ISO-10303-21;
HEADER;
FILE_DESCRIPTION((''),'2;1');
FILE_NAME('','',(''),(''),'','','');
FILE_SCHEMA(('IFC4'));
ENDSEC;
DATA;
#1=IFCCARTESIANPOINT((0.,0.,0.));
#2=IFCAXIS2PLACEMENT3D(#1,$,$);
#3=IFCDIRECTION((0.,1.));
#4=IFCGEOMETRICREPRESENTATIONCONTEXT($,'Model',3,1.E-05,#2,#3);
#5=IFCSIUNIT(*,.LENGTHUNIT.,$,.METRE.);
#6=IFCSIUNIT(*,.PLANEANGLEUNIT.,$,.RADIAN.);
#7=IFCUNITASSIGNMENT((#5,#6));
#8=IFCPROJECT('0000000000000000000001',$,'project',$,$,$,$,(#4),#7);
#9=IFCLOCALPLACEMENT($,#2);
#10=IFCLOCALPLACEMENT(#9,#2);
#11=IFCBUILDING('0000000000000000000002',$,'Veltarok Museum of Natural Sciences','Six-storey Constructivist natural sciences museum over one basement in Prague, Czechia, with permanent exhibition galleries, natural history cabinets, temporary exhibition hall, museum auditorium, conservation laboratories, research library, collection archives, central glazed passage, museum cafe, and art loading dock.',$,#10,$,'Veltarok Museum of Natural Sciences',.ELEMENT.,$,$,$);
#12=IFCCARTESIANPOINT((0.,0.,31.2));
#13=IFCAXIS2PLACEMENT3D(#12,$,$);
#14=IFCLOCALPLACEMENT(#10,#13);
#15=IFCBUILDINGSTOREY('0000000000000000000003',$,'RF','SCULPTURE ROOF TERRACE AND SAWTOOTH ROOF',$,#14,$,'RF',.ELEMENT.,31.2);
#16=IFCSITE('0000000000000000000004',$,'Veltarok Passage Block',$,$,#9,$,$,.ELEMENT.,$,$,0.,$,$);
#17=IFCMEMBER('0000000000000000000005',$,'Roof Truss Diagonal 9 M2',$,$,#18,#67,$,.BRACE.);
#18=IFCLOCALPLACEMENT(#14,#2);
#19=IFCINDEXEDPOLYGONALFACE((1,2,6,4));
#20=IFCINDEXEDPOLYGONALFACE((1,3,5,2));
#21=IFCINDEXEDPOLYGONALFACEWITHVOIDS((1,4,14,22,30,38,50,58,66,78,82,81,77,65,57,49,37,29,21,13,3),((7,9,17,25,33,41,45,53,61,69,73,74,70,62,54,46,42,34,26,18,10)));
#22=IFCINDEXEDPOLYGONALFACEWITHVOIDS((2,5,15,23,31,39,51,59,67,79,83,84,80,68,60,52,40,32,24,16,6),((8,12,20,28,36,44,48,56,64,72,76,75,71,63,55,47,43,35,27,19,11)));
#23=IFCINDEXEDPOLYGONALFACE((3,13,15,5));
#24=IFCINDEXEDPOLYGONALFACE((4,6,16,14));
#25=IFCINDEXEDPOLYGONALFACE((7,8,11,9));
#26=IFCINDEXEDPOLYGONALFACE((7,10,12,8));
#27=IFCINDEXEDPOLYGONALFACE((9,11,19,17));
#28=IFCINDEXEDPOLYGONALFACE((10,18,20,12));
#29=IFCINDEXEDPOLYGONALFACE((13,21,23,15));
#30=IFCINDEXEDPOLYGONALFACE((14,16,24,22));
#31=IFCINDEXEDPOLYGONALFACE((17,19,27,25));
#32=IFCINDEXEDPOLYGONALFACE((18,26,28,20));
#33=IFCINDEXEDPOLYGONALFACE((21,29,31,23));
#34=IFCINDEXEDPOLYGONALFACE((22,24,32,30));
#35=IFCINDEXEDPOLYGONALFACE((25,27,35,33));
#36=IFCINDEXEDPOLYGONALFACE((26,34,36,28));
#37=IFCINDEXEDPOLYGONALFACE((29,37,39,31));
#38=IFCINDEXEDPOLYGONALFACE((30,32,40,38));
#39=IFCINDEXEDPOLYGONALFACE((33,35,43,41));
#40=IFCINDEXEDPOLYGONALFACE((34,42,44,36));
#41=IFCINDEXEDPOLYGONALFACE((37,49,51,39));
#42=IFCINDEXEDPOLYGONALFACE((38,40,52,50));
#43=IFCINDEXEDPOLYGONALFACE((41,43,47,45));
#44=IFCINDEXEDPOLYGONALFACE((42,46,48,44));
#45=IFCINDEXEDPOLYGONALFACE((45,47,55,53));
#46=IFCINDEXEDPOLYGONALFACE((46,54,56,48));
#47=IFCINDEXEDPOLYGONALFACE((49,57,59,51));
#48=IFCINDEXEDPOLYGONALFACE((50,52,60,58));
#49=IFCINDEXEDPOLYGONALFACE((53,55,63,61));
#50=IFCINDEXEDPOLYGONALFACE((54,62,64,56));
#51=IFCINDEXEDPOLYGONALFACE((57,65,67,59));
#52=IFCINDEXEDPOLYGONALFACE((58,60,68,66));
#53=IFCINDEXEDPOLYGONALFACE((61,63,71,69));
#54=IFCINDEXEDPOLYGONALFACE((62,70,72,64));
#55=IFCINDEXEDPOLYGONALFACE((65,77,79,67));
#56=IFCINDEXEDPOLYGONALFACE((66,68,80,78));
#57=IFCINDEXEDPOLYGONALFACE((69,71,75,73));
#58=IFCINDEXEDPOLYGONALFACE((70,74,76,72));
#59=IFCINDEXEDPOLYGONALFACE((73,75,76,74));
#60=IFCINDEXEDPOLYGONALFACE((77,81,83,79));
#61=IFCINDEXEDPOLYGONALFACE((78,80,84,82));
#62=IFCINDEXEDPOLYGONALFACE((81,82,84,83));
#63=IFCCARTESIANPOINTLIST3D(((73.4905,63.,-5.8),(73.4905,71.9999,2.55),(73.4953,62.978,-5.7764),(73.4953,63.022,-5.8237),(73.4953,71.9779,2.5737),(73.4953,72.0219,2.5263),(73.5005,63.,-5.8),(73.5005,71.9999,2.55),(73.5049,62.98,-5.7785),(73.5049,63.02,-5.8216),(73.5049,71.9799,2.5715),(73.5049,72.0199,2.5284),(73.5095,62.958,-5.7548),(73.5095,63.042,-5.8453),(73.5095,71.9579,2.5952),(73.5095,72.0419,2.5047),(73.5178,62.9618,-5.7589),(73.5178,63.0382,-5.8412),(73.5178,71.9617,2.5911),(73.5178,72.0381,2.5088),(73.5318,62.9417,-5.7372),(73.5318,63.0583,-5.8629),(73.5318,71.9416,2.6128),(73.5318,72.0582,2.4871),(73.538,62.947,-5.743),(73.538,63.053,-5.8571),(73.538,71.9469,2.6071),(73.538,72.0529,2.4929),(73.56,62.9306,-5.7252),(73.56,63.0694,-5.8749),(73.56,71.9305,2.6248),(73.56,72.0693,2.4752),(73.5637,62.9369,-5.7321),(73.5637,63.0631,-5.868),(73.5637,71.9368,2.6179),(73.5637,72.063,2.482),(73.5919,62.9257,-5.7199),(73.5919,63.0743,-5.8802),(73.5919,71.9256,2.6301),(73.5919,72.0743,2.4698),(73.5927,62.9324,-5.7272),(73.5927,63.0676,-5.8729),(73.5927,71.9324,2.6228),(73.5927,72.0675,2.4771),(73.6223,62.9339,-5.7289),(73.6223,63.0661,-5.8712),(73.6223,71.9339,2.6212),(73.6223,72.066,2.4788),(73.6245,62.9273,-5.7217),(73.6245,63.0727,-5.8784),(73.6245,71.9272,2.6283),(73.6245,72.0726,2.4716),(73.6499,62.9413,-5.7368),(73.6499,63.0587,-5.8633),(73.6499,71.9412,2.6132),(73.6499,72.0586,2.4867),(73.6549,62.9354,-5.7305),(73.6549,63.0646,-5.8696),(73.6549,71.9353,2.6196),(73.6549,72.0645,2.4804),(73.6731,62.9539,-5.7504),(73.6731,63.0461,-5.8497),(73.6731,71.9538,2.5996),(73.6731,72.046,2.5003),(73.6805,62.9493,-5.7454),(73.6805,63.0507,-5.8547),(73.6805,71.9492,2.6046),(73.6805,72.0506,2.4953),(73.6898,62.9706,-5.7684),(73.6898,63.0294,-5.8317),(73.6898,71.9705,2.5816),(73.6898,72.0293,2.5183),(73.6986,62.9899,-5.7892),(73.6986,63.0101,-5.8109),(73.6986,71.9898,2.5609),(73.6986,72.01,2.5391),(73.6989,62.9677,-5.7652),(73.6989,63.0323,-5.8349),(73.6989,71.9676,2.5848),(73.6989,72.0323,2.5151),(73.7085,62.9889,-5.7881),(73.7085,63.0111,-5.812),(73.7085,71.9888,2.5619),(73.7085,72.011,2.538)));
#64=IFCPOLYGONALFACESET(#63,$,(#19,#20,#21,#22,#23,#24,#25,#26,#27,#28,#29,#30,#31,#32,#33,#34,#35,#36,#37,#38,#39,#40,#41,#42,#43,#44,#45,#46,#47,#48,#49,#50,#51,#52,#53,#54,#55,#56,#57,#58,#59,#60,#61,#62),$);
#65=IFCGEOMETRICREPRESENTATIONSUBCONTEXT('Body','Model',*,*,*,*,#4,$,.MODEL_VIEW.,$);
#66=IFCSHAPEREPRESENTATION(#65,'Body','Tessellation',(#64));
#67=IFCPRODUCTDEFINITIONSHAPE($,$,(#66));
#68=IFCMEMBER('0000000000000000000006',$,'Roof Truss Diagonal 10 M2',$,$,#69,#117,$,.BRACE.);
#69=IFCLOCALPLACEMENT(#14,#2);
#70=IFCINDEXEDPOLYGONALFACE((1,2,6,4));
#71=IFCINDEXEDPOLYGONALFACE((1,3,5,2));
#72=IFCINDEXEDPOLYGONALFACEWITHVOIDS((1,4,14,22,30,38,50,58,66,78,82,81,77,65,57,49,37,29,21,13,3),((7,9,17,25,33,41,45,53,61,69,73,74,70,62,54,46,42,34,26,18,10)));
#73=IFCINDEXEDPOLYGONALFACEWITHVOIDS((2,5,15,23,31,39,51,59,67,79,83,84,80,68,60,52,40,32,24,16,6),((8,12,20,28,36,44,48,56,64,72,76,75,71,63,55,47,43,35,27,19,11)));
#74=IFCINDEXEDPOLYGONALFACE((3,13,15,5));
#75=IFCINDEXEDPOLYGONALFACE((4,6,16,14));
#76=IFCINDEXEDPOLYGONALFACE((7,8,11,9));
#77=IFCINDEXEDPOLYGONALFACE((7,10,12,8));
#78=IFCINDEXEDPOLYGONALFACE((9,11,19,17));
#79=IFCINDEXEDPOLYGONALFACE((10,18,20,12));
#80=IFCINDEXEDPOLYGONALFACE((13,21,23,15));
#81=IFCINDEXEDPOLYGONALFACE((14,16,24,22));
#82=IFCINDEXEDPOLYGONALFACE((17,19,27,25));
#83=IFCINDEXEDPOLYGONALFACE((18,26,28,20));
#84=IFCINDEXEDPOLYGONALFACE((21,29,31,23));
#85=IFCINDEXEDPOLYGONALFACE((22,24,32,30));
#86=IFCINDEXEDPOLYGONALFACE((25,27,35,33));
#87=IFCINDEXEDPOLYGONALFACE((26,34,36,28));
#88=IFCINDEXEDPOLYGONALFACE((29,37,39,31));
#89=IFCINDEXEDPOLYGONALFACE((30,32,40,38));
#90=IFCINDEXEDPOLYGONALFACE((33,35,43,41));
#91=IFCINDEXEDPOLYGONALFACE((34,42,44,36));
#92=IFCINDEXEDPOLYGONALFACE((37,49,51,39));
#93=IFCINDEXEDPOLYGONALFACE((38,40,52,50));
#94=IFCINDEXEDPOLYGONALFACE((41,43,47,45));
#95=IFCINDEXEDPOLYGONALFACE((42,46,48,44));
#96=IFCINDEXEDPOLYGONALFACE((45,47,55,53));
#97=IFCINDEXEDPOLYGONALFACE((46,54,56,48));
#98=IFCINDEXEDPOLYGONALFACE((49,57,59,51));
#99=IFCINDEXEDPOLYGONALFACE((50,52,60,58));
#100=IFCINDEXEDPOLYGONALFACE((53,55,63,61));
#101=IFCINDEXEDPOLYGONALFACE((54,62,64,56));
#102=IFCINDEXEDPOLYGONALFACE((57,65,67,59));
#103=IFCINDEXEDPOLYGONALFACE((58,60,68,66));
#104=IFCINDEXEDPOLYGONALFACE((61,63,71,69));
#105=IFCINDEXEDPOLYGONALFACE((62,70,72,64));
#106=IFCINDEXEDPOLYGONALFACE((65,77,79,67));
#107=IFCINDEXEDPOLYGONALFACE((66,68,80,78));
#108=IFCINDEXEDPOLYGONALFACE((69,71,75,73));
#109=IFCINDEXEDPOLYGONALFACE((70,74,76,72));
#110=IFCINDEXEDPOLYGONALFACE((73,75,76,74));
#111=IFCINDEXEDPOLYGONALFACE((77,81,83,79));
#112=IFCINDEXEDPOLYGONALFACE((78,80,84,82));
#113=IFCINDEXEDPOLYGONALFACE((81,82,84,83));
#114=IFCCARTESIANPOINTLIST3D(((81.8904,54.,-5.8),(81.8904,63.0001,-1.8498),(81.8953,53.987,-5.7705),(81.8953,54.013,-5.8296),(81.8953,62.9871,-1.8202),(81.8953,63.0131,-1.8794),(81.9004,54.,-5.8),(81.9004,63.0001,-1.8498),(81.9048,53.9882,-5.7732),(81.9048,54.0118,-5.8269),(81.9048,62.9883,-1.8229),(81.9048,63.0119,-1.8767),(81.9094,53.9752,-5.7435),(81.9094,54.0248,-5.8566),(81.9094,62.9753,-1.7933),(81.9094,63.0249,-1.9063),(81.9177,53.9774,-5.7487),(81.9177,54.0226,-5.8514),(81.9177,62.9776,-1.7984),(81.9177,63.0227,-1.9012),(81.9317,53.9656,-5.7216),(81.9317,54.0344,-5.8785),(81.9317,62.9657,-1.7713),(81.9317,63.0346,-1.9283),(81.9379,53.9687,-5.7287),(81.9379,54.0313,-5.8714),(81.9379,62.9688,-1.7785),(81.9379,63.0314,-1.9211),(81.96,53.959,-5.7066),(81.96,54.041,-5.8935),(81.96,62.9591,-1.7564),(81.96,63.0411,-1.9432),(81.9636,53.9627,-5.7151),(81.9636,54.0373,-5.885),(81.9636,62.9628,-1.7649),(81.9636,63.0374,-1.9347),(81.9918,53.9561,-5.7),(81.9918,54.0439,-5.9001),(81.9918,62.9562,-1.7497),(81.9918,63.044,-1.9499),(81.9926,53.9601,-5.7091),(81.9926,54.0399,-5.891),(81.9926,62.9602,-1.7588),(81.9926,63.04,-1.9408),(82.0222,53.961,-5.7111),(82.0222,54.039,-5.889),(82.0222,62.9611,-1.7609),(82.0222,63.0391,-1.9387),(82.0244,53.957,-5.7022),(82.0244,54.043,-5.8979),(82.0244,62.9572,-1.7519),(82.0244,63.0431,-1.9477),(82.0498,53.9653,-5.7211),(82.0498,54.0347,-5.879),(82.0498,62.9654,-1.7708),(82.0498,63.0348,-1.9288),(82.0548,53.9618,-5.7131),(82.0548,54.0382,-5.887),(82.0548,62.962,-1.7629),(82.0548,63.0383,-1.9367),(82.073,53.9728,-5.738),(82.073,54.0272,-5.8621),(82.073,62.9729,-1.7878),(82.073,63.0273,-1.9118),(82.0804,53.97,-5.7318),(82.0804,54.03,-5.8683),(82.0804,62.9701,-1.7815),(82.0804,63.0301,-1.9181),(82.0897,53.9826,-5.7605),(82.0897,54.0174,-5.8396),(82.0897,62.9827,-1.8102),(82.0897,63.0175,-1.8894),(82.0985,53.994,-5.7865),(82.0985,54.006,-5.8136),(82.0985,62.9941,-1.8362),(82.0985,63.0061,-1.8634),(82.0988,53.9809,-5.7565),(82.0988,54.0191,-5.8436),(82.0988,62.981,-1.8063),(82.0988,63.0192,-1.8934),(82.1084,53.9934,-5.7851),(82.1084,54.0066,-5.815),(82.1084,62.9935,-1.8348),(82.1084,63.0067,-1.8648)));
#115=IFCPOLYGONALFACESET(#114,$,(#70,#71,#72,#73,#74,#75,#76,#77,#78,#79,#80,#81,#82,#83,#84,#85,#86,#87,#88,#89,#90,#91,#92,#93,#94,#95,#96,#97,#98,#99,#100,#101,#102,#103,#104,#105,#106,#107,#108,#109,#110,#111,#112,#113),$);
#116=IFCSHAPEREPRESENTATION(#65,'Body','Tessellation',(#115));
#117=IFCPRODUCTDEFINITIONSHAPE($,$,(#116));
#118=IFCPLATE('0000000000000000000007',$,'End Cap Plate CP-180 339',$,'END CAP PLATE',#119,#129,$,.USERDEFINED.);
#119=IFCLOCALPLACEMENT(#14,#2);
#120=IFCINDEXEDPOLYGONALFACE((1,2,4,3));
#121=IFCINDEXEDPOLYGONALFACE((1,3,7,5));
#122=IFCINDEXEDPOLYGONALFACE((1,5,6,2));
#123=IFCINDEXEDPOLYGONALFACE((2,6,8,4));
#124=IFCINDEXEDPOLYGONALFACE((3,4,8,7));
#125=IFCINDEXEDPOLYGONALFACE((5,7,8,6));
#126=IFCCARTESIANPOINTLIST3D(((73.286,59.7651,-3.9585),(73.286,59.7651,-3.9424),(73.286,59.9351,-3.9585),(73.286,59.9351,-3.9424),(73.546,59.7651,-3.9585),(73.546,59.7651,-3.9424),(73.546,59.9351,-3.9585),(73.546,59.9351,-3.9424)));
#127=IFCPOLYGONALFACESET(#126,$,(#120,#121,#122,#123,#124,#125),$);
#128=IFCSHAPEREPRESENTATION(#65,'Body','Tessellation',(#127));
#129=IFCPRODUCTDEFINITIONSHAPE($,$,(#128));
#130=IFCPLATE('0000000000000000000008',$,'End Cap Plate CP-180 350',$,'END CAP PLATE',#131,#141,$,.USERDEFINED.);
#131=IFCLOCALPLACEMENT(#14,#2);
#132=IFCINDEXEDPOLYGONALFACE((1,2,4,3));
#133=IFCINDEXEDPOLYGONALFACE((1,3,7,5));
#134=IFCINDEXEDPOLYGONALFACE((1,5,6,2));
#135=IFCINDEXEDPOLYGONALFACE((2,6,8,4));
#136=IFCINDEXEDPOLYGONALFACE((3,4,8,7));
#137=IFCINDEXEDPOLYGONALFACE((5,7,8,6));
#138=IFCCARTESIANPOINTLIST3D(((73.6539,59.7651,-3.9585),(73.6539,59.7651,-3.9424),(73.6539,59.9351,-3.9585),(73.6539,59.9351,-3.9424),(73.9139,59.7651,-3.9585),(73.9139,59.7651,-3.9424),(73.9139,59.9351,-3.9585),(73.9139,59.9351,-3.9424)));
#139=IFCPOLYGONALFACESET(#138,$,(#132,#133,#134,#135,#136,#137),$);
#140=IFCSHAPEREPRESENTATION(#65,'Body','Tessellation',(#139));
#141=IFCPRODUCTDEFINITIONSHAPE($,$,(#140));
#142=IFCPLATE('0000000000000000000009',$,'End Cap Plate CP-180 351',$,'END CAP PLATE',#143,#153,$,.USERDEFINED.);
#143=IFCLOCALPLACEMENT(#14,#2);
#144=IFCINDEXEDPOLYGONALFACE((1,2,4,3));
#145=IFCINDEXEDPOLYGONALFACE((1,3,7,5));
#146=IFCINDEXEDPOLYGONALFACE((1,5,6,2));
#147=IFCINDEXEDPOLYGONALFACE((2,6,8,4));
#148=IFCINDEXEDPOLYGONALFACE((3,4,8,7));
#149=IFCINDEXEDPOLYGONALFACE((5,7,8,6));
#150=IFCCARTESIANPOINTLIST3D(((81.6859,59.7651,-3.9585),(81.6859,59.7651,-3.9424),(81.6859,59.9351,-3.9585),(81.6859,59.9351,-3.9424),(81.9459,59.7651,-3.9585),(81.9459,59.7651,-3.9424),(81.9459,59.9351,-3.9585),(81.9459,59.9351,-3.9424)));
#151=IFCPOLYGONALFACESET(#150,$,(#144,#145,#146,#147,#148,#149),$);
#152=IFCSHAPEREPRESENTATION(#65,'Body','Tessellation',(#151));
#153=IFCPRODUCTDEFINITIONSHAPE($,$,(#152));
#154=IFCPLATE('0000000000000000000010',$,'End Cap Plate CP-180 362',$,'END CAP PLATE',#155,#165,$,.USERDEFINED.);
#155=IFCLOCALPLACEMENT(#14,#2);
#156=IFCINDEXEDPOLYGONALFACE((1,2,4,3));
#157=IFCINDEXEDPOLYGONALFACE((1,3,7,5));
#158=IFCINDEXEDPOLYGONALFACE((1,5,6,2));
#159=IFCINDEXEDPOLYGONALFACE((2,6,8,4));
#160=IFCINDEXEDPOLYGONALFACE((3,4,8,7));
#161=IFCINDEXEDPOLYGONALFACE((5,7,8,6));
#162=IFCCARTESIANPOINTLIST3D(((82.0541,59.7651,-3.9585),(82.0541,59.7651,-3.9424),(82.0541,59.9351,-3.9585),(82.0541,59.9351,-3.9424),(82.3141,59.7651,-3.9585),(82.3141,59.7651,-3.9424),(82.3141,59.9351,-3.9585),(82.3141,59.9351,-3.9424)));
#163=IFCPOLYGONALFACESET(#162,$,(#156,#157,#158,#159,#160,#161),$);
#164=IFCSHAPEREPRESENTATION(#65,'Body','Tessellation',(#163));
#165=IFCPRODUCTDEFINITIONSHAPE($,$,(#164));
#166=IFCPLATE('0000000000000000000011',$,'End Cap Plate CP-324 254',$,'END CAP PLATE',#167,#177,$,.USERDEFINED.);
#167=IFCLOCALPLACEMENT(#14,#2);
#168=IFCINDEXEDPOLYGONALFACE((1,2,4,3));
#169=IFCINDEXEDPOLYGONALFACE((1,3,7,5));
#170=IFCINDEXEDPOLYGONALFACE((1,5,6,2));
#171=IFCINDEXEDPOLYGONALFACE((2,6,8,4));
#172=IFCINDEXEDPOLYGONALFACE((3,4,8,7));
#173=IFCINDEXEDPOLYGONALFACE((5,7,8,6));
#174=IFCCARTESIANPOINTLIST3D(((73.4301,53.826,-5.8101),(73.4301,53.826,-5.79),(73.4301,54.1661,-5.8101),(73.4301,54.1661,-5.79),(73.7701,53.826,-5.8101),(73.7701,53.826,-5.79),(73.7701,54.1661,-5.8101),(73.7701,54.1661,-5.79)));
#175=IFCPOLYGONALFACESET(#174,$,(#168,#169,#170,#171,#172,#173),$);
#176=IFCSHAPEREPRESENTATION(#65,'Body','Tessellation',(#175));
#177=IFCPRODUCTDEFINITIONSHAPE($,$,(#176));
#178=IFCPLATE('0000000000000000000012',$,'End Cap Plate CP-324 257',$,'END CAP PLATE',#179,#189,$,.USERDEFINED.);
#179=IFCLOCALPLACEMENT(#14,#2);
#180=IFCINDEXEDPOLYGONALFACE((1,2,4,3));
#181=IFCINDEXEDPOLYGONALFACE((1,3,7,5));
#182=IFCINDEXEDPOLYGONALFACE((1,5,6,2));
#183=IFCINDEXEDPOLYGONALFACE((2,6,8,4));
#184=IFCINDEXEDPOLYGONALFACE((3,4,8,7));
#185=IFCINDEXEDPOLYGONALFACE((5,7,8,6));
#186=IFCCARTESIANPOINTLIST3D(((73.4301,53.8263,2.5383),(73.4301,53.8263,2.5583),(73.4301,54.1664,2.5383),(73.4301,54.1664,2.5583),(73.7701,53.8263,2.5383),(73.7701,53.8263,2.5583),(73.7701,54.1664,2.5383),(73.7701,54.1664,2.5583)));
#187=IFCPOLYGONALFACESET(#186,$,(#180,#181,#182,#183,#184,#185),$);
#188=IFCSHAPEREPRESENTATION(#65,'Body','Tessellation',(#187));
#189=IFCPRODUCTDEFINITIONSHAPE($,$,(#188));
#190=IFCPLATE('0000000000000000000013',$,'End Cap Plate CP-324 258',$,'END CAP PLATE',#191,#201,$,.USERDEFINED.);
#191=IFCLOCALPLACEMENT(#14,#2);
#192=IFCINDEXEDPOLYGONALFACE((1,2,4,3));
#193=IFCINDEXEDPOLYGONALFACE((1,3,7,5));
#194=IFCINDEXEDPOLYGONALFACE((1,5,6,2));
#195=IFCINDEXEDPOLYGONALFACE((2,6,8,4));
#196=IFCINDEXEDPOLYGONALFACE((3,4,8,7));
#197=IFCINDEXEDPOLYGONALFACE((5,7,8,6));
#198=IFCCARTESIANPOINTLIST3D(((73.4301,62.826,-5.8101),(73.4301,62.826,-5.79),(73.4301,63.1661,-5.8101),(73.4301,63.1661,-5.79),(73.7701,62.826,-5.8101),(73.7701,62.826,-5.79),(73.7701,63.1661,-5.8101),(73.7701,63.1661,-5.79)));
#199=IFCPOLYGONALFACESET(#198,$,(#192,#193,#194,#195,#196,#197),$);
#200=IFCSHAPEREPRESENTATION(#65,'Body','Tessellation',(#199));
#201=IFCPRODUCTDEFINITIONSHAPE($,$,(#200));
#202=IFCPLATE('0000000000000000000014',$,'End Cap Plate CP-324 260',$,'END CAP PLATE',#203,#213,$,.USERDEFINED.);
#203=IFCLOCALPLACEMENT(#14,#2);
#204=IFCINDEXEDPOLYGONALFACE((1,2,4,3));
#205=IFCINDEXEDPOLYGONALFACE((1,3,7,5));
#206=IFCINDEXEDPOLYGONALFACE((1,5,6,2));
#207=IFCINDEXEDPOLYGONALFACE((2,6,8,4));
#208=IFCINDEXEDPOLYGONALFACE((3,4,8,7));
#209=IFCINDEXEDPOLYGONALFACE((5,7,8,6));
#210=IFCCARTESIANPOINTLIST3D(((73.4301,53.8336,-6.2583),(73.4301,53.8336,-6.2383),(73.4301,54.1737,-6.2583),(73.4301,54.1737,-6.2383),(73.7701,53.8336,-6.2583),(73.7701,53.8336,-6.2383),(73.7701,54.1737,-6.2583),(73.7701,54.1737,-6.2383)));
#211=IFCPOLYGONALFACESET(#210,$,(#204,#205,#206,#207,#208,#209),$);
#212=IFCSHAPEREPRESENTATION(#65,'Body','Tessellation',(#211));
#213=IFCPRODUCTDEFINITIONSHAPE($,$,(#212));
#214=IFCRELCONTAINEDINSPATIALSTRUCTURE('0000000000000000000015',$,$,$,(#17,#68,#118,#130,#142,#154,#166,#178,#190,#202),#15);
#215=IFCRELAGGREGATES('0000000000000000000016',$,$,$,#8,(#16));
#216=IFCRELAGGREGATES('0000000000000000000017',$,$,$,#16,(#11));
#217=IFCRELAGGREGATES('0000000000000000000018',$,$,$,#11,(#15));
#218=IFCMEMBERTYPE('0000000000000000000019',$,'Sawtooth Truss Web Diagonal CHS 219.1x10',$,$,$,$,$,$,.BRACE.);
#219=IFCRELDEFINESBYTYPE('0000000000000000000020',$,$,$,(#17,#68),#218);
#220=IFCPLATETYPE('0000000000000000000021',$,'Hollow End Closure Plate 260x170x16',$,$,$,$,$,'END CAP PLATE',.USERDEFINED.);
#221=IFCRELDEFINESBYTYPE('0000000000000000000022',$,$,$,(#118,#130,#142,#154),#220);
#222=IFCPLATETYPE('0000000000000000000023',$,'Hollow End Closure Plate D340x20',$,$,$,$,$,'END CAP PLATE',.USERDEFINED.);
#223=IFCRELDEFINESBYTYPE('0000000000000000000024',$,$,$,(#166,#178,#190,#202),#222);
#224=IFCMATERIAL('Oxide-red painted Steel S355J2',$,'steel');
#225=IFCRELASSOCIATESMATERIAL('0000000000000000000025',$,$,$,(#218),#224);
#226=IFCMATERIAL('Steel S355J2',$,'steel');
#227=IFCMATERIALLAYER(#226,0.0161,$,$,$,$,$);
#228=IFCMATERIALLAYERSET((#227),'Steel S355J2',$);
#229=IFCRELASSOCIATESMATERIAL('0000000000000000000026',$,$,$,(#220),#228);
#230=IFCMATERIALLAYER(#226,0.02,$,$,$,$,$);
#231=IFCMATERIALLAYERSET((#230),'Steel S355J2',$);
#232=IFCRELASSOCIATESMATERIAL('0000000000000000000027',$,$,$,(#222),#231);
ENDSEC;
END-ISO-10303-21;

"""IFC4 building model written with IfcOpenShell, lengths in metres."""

from ifc_helpers import new_model, si_unit, direction, frame, origin, origin_2d, place, context, subcontext, project, spatial, rectangle, hollow_circle, extrude, material, layer, layer_set, material_profile, profile_set, type_object, element, save


model = new_model("IFC4")

# Units and contexts
model_context = context("Model", 3, precision=1e-05, world=origin(), true_north=direction((0.0, 1.0)))
body_context = subcontext(model_context, "Body", "Model", "MODEL_VIEW")
ifc_project = project(units=[si_unit("LENGTHUNIT", "METRE"), si_unit("PLANEANGLEUNIT", "RADIAN")], contexts=[model_context])

# Site, building, storey
site_placement = place(None, origin())
site = spatial("IfcSite", under=ifc_project, at=site_placement, Name="Veltarok Passage Block", CompositionType="ELEMENT", RefElevation=0.0)
building_placement = place(site_placement, origin())
building = spatial("IfcBuilding", under=site, at=building_placement, Name="Veltarok Museum of Natural Sciences", Description="Six-storey Constructivist natural sciences museum over one basement in Prague, Czechia, with permanent exhibition galleries, natural history cabinets, temporary exhibition hall, museum auditorium, conservation laboratories, research library, collection archives, central glazed passage, museum cafe, and art loading dock.", LongName="Veltarok Museum of Natural Sciences", CompositionType="ELEMENT")
storey_placement = place(building_placement, frame((0.0, 0.0, 31.2)))
storey = spatial("IfcBuildingStorey", under=building, at=storey_placement, Name="RF", Description="SCULPTURE ROOF TERRACE AND SAWTOOTH ROOF", LongName="RF", CompositionType="ELEMENT", Elevation=31.2)

# Shared definitions
ifc_material_1 = material(Name="Steel S355J2", Category="steel")

# Members
ifc_material_2 = material(Name="Oxide-red painted Steel S355J2", Category="steel")
ifc_material_profile_1 = material_profile(ifc_material_2, hollow_circle(Radius=0.1096, WallThickness=0.01, at=origin_2d()), Name="CHS 219.1x10")
ifc_profile_set_1 = profile_set([ifc_material_profile_1], Name="Oxide-red painted Steel S355J2")
member_type_1 = type_object("IfcMemberType", Name="Sawtooth Truss Web Diagonal CHS 219.1x10", PredefinedType="BRACE", material=ifc_profile_set_1)
member_1_placement = place(storey_placement, frame((73.6001, 63.0, -5.8), z_axis=(0.0, 0.73308, 0.680143), x_axis=(-1.0, 0.0, 0.0)))
element("IfcMember", 1, at=member_1_placement, inside=storey, type_object=member_type_1, Name="Roof Truss Diagonal 9 M2", PredefinedType="BRACE", context=body_context, shape_type="SweptSolid", body=[
    extrude(hollow_circle(Radius=0.1096, WallThickness=0.01, at=origin_2d()), origin(), (0.0, 0.0, 1.0), 12.2769),
])
member_2_placement = place(storey_placement, frame((82.0, 54.0, -5.8), z_axis=(0.0, 0.915682, 0.401903), x_axis=(-1.0, 0.0, 0.0)))
element("IfcMember", 2, at=member_2_placement, inside=storey, type_object=member_type_1, Name="Roof Truss Diagonal 10 M2", PredefinedType="BRACE", context=body_context, shape_type="SweptSolid", body=[
    extrude(hollow_circle(Radius=0.1096, WallThickness=0.01, at=origin_2d()), origin(), (0.0, 0.0, 1.0), 9.8289),
])

# Plates
ifc_layer_1 = layer(ifc_material_1, 0.0161)
ifc_layer_set_1 = layer_set([ifc_layer_1], Name="Steel S355J2")
plate_type_1 = type_object("IfcPlateType", Name="Hollow End Closure Plate 260x170x16", ElementType="END CAP PLATE", PredefinedType="USERDEFINED", material=ifc_layer_set_1)
for number, where, z_axis, x_axis, name in (
    (3, (73.416, 59.8501, -3.9585), (0.0, 0.0, 1.0), (1.0, 0.0, 0.0), "End Cap Plate CP-180 339"),
    (4, (73.7839, 59.8501, -3.9585), (0.0, 0.0, 1.0), (1.0, 0.0, 0.0), "End Cap Plate CP-180 350"),
    (5, (81.8159, 59.8501, -3.9585), (0.0, 0.0, 1.0), (1.0, 0.0, 0.0), "End Cap Plate CP-180 351"),
    (6, (82.1841, 59.8501, -3.9585), (0.0, 0.0, 1.0), (1.0, 0.0, 0.0), "End Cap Plate CP-180 362"),
):
    element("IfcPlate", number, at=place(storey_placement, frame(where, z_axis=z_axis, x_axis=x_axis)), inside=storey, type_object=plate_type_1, Name=name, ObjectType="END CAP PLATE", PredefinedType="USERDEFINED", context=body_context, shape_type="SweptSolid", body=[
        extrude(rectangle(XDim=0.26, YDim=0.1699, at=origin_2d()), origin(), (0.0, 0.0, 1.0), 0.0161),
    ])
ifc_layer_2 = layer(ifc_material_1, 0.02)
ifc_layer_set_2 = layer_set([ifc_layer_2], Name="Steel S355J2")
plate_type_2 = type_object("IfcPlateType", Name="Hollow End Closure Plate D340x20", ElementType="END CAP PLATE", PredefinedType="USERDEFINED", material=ifc_layer_set_2)
for number, where, z_axis, x_axis, name in (
    (7, (73.6001, 53.9961, -5.8101), (0.0, 0.0, 1.0), (0.0, 1.0, 0.0), "End Cap Plate CP-324 254"),
    (8, (73.6001, 53.9963, 2.5383), (0.0, 0.0, 1.0), (0.0, 1.0, 0.0), "End Cap Plate CP-324 257"),
    (9, (73.6001, 62.9961, -5.8101), (0.0, 0.0, 1.0), (0.0, 1.0, 0.0), "End Cap Plate CP-324 258"),
    (10, (73.6001, 54.0037, -6.2583), (0.0, 0.0, 1.0), (0.0, 1.0, 0.0), "End Cap Plate CP-324 260"),
):
    element("IfcPlate", number, at=place(storey_placement, frame(where, z_axis=z_axis, x_axis=x_axis)), inside=storey, type_object=plate_type_2, Name=name, ObjectType="END CAP PLATE", PredefinedType="USERDEFINED", context=body_context, shape_type="SweptSolid", body=[
        extrude(rectangle(XDim=0.3401, YDim=0.3401, at=origin_2d()), origin(), (0.0, 0.0, 1.0), 0.02),
    ])

save(model, "model.ifc")
